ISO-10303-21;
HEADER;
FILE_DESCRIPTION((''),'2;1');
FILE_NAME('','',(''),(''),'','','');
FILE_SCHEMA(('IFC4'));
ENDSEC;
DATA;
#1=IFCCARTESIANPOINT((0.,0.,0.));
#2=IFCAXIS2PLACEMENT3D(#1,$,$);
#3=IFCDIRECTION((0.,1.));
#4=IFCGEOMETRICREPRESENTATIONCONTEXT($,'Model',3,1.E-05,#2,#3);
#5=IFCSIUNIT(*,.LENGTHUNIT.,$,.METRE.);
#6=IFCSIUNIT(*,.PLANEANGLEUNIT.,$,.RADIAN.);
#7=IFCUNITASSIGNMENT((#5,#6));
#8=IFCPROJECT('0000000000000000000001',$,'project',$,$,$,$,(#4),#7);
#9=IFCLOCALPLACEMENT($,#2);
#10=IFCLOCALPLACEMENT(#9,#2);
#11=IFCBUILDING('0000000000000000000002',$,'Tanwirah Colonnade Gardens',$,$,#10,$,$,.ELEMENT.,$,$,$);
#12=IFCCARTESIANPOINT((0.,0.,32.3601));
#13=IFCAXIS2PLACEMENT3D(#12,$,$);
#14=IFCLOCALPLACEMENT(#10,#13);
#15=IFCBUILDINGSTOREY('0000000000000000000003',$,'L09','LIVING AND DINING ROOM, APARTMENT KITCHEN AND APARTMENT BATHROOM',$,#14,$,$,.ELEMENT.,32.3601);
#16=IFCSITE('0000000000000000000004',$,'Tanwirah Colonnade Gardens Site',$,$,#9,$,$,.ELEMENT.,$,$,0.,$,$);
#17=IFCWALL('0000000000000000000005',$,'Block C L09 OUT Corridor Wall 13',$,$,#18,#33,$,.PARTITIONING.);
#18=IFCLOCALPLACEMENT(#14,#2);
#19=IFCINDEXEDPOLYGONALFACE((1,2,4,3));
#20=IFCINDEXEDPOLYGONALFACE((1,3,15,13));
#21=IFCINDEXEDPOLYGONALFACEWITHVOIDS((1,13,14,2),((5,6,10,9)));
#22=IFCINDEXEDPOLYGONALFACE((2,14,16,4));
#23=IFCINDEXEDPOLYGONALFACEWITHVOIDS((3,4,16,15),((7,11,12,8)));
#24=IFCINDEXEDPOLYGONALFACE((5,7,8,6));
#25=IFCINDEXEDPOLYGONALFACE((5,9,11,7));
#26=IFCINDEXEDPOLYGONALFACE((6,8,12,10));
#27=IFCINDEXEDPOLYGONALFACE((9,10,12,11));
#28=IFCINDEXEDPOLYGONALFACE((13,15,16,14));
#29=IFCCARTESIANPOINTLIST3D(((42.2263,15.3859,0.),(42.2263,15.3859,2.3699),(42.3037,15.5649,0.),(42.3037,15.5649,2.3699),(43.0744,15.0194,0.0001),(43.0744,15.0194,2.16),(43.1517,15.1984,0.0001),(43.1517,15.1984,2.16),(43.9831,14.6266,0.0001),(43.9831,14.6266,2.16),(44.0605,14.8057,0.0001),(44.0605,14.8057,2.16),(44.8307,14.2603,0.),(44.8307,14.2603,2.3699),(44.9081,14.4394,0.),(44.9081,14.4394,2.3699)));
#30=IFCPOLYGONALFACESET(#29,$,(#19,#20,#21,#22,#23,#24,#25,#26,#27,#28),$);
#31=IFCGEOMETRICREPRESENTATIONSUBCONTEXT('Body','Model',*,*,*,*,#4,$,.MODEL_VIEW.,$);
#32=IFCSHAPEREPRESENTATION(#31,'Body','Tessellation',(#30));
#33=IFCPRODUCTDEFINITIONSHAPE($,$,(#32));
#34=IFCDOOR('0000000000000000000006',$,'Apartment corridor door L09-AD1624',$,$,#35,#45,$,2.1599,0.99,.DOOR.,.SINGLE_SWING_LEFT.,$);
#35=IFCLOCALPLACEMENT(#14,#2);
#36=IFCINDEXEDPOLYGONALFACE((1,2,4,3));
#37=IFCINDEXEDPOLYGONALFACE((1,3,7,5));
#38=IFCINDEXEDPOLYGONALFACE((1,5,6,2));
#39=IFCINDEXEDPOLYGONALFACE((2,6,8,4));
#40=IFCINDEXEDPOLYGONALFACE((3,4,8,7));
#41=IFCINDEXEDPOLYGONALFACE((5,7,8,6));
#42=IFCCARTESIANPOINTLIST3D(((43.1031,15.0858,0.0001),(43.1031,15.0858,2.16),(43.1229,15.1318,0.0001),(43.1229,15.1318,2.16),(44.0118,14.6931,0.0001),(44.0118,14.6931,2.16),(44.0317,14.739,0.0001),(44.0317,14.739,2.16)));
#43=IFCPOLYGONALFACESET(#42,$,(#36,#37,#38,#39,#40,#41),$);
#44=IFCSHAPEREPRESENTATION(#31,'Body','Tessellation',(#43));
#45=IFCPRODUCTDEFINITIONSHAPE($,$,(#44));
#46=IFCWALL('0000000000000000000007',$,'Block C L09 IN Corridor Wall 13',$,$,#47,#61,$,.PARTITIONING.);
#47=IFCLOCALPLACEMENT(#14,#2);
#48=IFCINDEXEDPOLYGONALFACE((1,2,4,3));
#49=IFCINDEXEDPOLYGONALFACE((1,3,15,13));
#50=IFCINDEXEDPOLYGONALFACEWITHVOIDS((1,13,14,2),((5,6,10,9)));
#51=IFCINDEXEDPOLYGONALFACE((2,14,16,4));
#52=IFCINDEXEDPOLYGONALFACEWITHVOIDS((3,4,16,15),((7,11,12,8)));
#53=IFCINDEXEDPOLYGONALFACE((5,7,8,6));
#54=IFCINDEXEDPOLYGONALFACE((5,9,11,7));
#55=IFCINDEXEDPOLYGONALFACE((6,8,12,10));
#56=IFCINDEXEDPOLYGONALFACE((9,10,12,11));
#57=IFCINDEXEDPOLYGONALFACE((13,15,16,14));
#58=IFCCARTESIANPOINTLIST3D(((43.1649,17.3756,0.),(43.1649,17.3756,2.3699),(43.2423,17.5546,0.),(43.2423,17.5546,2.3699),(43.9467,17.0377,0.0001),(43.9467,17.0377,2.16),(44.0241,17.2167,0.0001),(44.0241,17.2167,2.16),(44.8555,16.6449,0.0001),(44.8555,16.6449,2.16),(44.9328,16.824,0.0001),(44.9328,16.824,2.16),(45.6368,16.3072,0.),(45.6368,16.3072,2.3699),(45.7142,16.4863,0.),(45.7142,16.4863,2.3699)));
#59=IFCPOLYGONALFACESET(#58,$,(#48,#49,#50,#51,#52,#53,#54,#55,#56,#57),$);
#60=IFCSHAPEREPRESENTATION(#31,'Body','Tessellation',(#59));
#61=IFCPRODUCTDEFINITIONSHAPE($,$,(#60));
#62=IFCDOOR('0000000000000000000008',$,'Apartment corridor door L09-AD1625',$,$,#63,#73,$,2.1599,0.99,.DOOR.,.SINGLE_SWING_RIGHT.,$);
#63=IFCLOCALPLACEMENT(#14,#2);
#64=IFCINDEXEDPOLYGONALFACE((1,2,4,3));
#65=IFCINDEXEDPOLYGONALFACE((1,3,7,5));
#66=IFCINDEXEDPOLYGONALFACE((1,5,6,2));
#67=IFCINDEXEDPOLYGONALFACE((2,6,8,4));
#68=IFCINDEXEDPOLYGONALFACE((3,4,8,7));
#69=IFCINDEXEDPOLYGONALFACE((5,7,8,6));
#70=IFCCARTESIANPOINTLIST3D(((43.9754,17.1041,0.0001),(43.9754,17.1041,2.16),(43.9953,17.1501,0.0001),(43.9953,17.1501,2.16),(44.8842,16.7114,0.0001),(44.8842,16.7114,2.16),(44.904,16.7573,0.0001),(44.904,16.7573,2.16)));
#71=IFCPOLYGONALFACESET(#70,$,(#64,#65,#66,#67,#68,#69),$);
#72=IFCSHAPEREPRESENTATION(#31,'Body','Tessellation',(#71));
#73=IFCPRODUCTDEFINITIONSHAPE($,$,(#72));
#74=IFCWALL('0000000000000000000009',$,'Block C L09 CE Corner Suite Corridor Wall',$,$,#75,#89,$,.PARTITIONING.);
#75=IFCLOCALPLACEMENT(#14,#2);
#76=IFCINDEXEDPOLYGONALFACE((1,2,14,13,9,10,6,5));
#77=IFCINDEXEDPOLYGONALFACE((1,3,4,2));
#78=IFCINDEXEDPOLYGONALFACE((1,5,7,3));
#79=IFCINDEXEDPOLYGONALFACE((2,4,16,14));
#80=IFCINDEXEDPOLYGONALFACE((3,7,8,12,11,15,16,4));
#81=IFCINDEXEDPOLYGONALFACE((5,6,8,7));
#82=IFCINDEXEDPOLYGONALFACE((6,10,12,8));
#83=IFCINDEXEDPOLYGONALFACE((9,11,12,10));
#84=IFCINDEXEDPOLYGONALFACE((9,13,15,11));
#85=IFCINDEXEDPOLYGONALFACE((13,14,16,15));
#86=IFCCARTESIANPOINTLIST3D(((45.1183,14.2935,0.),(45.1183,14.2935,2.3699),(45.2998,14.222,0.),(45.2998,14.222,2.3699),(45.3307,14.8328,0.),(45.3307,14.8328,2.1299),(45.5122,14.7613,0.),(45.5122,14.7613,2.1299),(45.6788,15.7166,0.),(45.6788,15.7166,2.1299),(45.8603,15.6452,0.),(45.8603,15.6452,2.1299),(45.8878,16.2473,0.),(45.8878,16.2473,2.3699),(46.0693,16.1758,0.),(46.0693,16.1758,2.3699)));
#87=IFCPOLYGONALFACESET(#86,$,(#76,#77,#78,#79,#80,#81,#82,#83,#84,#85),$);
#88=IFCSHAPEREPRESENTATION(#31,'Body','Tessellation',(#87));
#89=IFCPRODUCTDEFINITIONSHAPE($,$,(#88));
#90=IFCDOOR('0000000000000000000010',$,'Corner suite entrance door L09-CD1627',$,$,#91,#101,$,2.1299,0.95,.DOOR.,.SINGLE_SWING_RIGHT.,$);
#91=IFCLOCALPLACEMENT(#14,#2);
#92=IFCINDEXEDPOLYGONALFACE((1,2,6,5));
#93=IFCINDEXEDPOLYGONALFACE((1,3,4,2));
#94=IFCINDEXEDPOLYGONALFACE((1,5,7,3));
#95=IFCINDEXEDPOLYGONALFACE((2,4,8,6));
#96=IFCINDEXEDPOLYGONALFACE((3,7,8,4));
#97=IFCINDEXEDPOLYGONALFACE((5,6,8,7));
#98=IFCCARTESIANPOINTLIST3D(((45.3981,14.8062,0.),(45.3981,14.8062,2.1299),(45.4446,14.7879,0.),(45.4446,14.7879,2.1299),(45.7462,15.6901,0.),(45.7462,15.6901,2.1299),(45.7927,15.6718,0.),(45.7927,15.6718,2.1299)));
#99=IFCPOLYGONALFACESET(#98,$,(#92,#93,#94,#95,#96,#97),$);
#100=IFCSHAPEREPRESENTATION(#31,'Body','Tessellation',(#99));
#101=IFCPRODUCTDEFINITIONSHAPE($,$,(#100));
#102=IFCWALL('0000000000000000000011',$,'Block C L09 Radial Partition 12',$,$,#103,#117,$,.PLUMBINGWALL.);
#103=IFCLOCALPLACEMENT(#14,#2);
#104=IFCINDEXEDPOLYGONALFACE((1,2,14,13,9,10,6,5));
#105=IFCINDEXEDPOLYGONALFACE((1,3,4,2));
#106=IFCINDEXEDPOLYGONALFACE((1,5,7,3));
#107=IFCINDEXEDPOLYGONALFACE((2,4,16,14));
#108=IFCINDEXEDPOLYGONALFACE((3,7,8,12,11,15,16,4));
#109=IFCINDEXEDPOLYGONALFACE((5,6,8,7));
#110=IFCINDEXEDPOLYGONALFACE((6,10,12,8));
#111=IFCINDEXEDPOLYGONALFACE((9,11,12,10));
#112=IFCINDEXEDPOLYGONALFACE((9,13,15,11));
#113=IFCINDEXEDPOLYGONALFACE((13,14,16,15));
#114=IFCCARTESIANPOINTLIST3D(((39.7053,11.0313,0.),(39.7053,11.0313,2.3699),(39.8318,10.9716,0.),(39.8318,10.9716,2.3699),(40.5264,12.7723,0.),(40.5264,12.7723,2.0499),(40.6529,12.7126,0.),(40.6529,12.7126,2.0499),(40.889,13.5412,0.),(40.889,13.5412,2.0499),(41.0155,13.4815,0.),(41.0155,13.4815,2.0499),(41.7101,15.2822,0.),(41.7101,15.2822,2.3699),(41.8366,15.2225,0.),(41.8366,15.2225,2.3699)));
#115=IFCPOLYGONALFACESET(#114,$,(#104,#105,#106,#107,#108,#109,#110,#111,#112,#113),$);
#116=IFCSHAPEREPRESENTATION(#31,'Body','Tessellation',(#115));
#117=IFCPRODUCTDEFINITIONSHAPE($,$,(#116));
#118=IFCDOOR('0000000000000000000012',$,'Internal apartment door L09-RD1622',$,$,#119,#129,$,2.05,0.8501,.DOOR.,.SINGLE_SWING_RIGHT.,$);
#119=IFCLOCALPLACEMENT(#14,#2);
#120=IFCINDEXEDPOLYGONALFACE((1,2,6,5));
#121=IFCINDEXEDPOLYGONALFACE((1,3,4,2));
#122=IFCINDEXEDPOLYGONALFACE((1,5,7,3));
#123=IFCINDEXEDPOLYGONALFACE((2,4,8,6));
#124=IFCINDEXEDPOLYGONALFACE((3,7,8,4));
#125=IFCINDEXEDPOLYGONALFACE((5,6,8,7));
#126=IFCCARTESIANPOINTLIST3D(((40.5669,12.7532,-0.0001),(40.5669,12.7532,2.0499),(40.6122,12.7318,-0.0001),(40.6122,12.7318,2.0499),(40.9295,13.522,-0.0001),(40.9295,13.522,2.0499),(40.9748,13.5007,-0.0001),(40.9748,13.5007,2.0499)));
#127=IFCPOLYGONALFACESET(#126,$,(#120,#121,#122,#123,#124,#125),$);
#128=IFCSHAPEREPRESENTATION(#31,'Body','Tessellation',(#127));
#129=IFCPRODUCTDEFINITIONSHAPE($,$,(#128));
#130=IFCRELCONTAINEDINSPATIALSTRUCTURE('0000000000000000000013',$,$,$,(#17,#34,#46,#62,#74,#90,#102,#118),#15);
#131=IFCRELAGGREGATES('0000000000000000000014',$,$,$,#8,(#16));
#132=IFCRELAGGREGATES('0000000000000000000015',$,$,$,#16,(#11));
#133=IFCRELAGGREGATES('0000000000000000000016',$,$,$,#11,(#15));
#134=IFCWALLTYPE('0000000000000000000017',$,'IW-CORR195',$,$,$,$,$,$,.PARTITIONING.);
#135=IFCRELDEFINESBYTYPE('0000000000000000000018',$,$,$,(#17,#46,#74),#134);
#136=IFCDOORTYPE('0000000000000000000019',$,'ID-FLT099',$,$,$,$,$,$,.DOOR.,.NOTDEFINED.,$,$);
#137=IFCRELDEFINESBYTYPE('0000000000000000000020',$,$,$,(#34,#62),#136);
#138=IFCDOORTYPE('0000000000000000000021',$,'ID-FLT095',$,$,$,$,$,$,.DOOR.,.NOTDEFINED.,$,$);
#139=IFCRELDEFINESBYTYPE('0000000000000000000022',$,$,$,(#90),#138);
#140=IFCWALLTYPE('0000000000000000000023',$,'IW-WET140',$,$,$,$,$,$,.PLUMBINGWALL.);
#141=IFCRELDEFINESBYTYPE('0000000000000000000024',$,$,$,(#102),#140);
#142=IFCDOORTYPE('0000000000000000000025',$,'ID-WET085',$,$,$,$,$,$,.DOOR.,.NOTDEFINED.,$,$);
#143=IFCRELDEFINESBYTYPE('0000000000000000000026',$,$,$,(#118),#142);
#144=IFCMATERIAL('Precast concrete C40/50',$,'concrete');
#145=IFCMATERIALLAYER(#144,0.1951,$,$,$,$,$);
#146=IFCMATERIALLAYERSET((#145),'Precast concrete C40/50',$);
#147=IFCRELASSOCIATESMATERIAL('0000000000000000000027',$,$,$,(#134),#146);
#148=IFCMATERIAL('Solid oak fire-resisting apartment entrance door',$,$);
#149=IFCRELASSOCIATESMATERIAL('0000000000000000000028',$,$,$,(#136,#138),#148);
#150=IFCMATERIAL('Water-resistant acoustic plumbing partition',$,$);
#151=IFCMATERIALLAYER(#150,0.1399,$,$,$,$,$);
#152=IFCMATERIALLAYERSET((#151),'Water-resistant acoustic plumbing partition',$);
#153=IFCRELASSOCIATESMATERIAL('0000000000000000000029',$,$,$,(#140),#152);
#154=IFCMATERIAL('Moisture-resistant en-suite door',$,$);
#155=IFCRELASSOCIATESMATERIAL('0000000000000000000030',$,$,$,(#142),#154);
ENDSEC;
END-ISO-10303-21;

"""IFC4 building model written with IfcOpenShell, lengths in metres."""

from ifc_helpers import new_model, si_unit, direction, frame, frame_2d, origin, place, context, subcontext, project, spatial, rectangle, extrude, material, layer, layer_set, type_object, element, fill, save


model = new_model("IFC4")

# Units and contexts
model_context = context("Model", 3, precision=1e-05, world=origin(), true_north=direction((0.0, 1.0)))
body_context = subcontext(model_context, "Body", "Model", "MODEL_VIEW")
ifc_project = project(units=[si_unit("LENGTHUNIT", "METRE"), si_unit("PLANEANGLEUNIT", "RADIAN")], contexts=[model_context])

# Site, building, storey
site_placement = place(None, origin())
site = spatial("IfcSite", under=ifc_project, at=site_placement, Name="Tanwirah Colonnade Gardens Site", CompositionType="ELEMENT", RefElevation=0.0)
building_placement = place(site_placement, origin())
building = spatial("IfcBuilding", under=site, at=building_placement, Name="Tanwirah Colonnade Gardens", CompositionType="ELEMENT")
storey_placement = place(building_placement, frame((0.0, 0.0, 32.3601)))
storey = spatial("IfcBuildingStorey", under=building, at=storey_placement, Name="L09", Description="LIVING AND DINING ROOM, APARTMENT KITCHEN AND APARTMENT BATHROOM", CompositionType="ELEMENT", Elevation=32.3601)

# Shared definitions
ifc_material_1 = material(Name="Precast concrete C40/50", Category="concrete")

# Walls, openings, doors
ifc_layer_1 = layer(ifc_material_1, 0.1951)
ifc_layer_set_1 = layer_set([ifc_layer_1], Name="Precast concrete C40/50")
wall_type_1 = type_object("IfcWallType", Name="IW-CORR195", PredefinedType="PARTITIONING", material=ifc_layer_set_1)
wall_1_placement = place(storey_placement, frame((42.2651, 15.4753, 0.0), z_axis=(0.0, 0.0, 1.0), x_axis=(0.917943, -0.396711, 0.0)))
wall_1 = element("IfcWall", 1, at=wall_1_placement, inside=storey, type_object=wall_type_1, Name="Block C L09 OUT Corridor Wall 13", PredefinedType="PARTITIONING", context=body_context, shape_type="SweptSolid", body=[
    extrude(rectangle(XDim=2.8372, YDim=0.1951, at=frame_2d((1.4185, 0.0))), origin(), (0.0, 0.0, 1.0), 2.3699),
])
opening_1_placement = place(wall_1_placement, frame((0.9236, 0.0, 0.0)))
opening_1 = element("IfcOpeningElement", 2, at=opening_1_placement, cuts=wall_1, PredefinedType="OPENING", context=body_context, shape_type="SweptSolid", body=[
    extrude(rectangle(XDim=0.99, YDim=2.1599, at=frame_2d((0.4951, 1.0801))), frame((0.0, 0.1074, 0.0), z_axis=(0.0, -1.0, 0.0), x_axis=(1.0, 0.0, 0.0)), (0.0, 0.0, 1.0), 0.2151),
])
ifc_material_2 = material(Name="Solid oak fire-resisting apartment entrance door")
door_type_1 = type_object("IfcDoorType", Name="ID-FLT099", OperationType="NOTDEFINED", PredefinedType="DOOR", material=ifc_material_2)
door_1_placement = place(opening_1_placement, origin())
door_1 = element("IfcDoor", 3, at=door_1_placement, inside=storey, type_object=door_type_1, Name="Apartment corridor door L09-AD1624", OperationType="SINGLE_SWING_LEFT", OverallHeight=2.1599, OverallWidth=0.99, PredefinedType="DOOR", context=body_context, shape_type="SweptSolid", body=[
    extrude(rectangle(XDim=0.99, YDim=2.1599, at=frame_2d((0.4951, 1.0801))), frame((0.0, 0.0249, 0.0), z_axis=(0.0, -1.0, 0.0), x_axis=(1.0, 0.0, 0.0)), (0.0, 0.0, 1.0), 0.05),
])
fill(opening_1, door_1)
wall_2_placement = place(storey_placement, frame((43.2036, 17.4651, 0.0), z_axis=(0.0, 0.0, 1.0), x_axis=(0.917936, -0.396729, 0.0)))
wall_2 = element("IfcWall", 4, at=wall_2_placement, inside=storey, type_object=wall_type_1, Name="Block C L09 IN Corridor Wall 13", PredefinedType="PARTITIONING", context=body_context, shape_type="SweptSolid", body=[
    extrude(rectangle(XDim=2.6929, YDim=0.1951, at=frame_2d((1.3464, 0.0))), origin(), (0.0, 0.0, 1.0), 2.3699),
])
opening_2_placement = place(wall_2_placement, frame((0.8516, 0.0, 0.0)))
opening_2 = element("IfcOpeningElement", 5, at=opening_2_placement, cuts=wall_2, PredefinedType="OPENING", context=body_context, shape_type="SweptSolid", body=[
    extrude(rectangle(XDim=0.99, YDim=2.1599, at=frame_2d((0.4951, 1.0801))), frame((0.0, 0.1074, 0.0), z_axis=(0.0, -1.0, 0.0), x_axis=(1.0, 0.0, 0.0)), (0.0, 0.0, 1.0), 0.2151),
])
door_2_placement = place(opening_2_placement, origin())
door_2 = element("IfcDoor", 6, at=door_2_placement, inside=storey, type_object=door_type_1, Name="Apartment corridor door L09-AD1625", OperationType="SINGLE_SWING_RIGHT", OverallHeight=2.1599, OverallWidth=0.99, PredefinedType="DOOR", context=body_context, shape_type="SweptSolid", body=[
    extrude(rectangle(XDim=0.99, YDim=2.1599, at=frame_2d((0.4951, 1.0801))), frame((0.0, 0.0249, 0.0), z_axis=(0.0, -1.0, 0.0), x_axis=(1.0, 0.0, 0.0)), (0.0, 0.0, 1.0), 0.05),
])
fill(opening_2, door_2)
wall_3_placement = place(storey_placement, frame((45.9785, 16.2114, 0.0), z_axis=(0.0, 0.0, 1.0), x_axis=(-0.366454, -0.930436, 0.0)))
wall_3 = element("IfcWall", 7, at=wall_3_placement, inside=storey, type_object=wall_type_1, Name="Block C L09 CE Corner Suite Corridor Wall", PredefinedType="PARTITIONING", context=body_context, shape_type="SweptSolid", body=[
    extrude(rectangle(XDim=2.0999, YDim=0.1951, at=frame_2d((1.0498, 0.0))), origin(), (0.0, 0.0, 1.0), 2.3699),
])
opening_3_placement = place(wall_3_placement, frame((0.5701, 0.0, 0.0)))
opening_3 = element("IfcOpeningElement", 8, at=opening_3_placement, cuts=wall_3, PredefinedType="OPENING", context=body_context, shape_type="SweptSolid", body=[
    extrude(rectangle(XDim=0.95, YDim=2.1299, at=frame_2d((0.4751, 1.0649))), frame((0.0, 0.1074, 0.0), z_axis=(0.0, -1.0, 0.0), x_axis=(1.0, 0.0, 0.0)), (0.0, 0.0, 1.0), 0.2151),
])
door_type_2 = type_object("IfcDoorType", Name="ID-FLT095", OperationType="NOTDEFINED", PredefinedType="DOOR", material=ifc_material_2)
door_3_placement = place(opening_3_placement, origin())
door_3 = element("IfcDoor", 9, at=door_3_placement, inside=storey, type_object=door_type_2, Name="Corner suite entrance door L09-CD1627", OperationType="SINGLE_SWING_RIGHT", OverallHeight=2.1299, OverallWidth=0.95, PredefinedType="DOOR", context=body_context, shape_type="SweptSolid", body=[
    extrude(rectangle(XDim=0.95, YDim=2.1299, at=frame_2d((0.4751, 1.0649))), frame((0.0, 0.0249, 0.0), z_axis=(0.0, -1.0, 0.0), x_axis=(1.0, 0.0, 0.0)), (0.0, 0.0, 1.0), 0.05),
])
fill(opening_3, door_3)
ifc_material_3 = material(Name="Water-resistant acoustic plumbing partition")
ifc_layer_2 = layer(ifc_material_3, 0.1399)
ifc_layer_set_2 = layer_set([ifc_layer_2], Name="Water-resistant acoustic plumbing partition")
wall_type_2 = type_object("IfcWallType", Name="IW-WET140", PredefinedType="PLUMBINGWALL", material=ifc_layer_set_2)
wall_4_placement = place(storey_placement, frame((41.7734, 15.2524, 0.0), z_axis=(0.0, 0.0, 1.0), x_axis=(-0.426567, -0.904456, 0.0)))
wall_4 = element("IfcWall", 10, at=wall_4_placement, inside=storey, type_object=wall_type_2, Name="Block C L09 Radial Partition 12", PredefinedType="PLUMBINGWALL", context=body_context, shape_type="SweptSolid", body=[
    extrude(rectangle(XDim=4.7, YDim=0.1399, at=frame_2d((2.3501, 0.0))), origin(), (0.0, 0.0, 1.0), 2.3699),
])
opening_4_placement = place(wall_4_placement, frame((1.925, 0.0, 0.0)))
opening_4 = element("IfcOpeningElement", 11, at=opening_4_placement, cuts=wall_4, PredefinedType="OPENING", context=body_context, shape_type="SweptSolid", body=[
    extrude(rectangle(XDim=0.8501, YDim=2.05, at=frame_2d((0.425, 1.0249))), frame((0.0, 0.0798, 0.0), z_axis=(0.0, -1.0, 0.0), x_axis=(1.0, 0.0, 0.0)), (0.0, 0.0, 1.0), 0.1599),
])
ifc_material_4 = material(Name="Moisture-resistant en-suite door")
door_type_3 = type_object("IfcDoorType", Name="ID-WET085", OperationType="NOTDEFINED", PredefinedType="DOOR", material=ifc_material_4)
door_4_placement = place(opening_4_placement, origin())
door_4 = element("IfcDoor", 12, at=door_4_placement, inside=storey, type_object=door_type_3, Name="Internal apartment door L09-RD1622", OperationType="SINGLE_SWING_RIGHT", OverallHeight=2.05, OverallWidth=0.8501, PredefinedType="DOOR", context=body_context, shape_type="SweptSolid", body=[
    extrude(rectangle(XDim=0.8501, YDim=2.05, at=frame_2d((0.425, 1.0249))), frame((0.0, 0.0249, 0.0), z_axis=(0.0, -1.0, 0.0), x_axis=(1.0, 0.0, 0.0)), (0.0, 0.0, 1.0), 0.05),
])
fill(opening_4, door_4)

save(model, "model.ifc")
